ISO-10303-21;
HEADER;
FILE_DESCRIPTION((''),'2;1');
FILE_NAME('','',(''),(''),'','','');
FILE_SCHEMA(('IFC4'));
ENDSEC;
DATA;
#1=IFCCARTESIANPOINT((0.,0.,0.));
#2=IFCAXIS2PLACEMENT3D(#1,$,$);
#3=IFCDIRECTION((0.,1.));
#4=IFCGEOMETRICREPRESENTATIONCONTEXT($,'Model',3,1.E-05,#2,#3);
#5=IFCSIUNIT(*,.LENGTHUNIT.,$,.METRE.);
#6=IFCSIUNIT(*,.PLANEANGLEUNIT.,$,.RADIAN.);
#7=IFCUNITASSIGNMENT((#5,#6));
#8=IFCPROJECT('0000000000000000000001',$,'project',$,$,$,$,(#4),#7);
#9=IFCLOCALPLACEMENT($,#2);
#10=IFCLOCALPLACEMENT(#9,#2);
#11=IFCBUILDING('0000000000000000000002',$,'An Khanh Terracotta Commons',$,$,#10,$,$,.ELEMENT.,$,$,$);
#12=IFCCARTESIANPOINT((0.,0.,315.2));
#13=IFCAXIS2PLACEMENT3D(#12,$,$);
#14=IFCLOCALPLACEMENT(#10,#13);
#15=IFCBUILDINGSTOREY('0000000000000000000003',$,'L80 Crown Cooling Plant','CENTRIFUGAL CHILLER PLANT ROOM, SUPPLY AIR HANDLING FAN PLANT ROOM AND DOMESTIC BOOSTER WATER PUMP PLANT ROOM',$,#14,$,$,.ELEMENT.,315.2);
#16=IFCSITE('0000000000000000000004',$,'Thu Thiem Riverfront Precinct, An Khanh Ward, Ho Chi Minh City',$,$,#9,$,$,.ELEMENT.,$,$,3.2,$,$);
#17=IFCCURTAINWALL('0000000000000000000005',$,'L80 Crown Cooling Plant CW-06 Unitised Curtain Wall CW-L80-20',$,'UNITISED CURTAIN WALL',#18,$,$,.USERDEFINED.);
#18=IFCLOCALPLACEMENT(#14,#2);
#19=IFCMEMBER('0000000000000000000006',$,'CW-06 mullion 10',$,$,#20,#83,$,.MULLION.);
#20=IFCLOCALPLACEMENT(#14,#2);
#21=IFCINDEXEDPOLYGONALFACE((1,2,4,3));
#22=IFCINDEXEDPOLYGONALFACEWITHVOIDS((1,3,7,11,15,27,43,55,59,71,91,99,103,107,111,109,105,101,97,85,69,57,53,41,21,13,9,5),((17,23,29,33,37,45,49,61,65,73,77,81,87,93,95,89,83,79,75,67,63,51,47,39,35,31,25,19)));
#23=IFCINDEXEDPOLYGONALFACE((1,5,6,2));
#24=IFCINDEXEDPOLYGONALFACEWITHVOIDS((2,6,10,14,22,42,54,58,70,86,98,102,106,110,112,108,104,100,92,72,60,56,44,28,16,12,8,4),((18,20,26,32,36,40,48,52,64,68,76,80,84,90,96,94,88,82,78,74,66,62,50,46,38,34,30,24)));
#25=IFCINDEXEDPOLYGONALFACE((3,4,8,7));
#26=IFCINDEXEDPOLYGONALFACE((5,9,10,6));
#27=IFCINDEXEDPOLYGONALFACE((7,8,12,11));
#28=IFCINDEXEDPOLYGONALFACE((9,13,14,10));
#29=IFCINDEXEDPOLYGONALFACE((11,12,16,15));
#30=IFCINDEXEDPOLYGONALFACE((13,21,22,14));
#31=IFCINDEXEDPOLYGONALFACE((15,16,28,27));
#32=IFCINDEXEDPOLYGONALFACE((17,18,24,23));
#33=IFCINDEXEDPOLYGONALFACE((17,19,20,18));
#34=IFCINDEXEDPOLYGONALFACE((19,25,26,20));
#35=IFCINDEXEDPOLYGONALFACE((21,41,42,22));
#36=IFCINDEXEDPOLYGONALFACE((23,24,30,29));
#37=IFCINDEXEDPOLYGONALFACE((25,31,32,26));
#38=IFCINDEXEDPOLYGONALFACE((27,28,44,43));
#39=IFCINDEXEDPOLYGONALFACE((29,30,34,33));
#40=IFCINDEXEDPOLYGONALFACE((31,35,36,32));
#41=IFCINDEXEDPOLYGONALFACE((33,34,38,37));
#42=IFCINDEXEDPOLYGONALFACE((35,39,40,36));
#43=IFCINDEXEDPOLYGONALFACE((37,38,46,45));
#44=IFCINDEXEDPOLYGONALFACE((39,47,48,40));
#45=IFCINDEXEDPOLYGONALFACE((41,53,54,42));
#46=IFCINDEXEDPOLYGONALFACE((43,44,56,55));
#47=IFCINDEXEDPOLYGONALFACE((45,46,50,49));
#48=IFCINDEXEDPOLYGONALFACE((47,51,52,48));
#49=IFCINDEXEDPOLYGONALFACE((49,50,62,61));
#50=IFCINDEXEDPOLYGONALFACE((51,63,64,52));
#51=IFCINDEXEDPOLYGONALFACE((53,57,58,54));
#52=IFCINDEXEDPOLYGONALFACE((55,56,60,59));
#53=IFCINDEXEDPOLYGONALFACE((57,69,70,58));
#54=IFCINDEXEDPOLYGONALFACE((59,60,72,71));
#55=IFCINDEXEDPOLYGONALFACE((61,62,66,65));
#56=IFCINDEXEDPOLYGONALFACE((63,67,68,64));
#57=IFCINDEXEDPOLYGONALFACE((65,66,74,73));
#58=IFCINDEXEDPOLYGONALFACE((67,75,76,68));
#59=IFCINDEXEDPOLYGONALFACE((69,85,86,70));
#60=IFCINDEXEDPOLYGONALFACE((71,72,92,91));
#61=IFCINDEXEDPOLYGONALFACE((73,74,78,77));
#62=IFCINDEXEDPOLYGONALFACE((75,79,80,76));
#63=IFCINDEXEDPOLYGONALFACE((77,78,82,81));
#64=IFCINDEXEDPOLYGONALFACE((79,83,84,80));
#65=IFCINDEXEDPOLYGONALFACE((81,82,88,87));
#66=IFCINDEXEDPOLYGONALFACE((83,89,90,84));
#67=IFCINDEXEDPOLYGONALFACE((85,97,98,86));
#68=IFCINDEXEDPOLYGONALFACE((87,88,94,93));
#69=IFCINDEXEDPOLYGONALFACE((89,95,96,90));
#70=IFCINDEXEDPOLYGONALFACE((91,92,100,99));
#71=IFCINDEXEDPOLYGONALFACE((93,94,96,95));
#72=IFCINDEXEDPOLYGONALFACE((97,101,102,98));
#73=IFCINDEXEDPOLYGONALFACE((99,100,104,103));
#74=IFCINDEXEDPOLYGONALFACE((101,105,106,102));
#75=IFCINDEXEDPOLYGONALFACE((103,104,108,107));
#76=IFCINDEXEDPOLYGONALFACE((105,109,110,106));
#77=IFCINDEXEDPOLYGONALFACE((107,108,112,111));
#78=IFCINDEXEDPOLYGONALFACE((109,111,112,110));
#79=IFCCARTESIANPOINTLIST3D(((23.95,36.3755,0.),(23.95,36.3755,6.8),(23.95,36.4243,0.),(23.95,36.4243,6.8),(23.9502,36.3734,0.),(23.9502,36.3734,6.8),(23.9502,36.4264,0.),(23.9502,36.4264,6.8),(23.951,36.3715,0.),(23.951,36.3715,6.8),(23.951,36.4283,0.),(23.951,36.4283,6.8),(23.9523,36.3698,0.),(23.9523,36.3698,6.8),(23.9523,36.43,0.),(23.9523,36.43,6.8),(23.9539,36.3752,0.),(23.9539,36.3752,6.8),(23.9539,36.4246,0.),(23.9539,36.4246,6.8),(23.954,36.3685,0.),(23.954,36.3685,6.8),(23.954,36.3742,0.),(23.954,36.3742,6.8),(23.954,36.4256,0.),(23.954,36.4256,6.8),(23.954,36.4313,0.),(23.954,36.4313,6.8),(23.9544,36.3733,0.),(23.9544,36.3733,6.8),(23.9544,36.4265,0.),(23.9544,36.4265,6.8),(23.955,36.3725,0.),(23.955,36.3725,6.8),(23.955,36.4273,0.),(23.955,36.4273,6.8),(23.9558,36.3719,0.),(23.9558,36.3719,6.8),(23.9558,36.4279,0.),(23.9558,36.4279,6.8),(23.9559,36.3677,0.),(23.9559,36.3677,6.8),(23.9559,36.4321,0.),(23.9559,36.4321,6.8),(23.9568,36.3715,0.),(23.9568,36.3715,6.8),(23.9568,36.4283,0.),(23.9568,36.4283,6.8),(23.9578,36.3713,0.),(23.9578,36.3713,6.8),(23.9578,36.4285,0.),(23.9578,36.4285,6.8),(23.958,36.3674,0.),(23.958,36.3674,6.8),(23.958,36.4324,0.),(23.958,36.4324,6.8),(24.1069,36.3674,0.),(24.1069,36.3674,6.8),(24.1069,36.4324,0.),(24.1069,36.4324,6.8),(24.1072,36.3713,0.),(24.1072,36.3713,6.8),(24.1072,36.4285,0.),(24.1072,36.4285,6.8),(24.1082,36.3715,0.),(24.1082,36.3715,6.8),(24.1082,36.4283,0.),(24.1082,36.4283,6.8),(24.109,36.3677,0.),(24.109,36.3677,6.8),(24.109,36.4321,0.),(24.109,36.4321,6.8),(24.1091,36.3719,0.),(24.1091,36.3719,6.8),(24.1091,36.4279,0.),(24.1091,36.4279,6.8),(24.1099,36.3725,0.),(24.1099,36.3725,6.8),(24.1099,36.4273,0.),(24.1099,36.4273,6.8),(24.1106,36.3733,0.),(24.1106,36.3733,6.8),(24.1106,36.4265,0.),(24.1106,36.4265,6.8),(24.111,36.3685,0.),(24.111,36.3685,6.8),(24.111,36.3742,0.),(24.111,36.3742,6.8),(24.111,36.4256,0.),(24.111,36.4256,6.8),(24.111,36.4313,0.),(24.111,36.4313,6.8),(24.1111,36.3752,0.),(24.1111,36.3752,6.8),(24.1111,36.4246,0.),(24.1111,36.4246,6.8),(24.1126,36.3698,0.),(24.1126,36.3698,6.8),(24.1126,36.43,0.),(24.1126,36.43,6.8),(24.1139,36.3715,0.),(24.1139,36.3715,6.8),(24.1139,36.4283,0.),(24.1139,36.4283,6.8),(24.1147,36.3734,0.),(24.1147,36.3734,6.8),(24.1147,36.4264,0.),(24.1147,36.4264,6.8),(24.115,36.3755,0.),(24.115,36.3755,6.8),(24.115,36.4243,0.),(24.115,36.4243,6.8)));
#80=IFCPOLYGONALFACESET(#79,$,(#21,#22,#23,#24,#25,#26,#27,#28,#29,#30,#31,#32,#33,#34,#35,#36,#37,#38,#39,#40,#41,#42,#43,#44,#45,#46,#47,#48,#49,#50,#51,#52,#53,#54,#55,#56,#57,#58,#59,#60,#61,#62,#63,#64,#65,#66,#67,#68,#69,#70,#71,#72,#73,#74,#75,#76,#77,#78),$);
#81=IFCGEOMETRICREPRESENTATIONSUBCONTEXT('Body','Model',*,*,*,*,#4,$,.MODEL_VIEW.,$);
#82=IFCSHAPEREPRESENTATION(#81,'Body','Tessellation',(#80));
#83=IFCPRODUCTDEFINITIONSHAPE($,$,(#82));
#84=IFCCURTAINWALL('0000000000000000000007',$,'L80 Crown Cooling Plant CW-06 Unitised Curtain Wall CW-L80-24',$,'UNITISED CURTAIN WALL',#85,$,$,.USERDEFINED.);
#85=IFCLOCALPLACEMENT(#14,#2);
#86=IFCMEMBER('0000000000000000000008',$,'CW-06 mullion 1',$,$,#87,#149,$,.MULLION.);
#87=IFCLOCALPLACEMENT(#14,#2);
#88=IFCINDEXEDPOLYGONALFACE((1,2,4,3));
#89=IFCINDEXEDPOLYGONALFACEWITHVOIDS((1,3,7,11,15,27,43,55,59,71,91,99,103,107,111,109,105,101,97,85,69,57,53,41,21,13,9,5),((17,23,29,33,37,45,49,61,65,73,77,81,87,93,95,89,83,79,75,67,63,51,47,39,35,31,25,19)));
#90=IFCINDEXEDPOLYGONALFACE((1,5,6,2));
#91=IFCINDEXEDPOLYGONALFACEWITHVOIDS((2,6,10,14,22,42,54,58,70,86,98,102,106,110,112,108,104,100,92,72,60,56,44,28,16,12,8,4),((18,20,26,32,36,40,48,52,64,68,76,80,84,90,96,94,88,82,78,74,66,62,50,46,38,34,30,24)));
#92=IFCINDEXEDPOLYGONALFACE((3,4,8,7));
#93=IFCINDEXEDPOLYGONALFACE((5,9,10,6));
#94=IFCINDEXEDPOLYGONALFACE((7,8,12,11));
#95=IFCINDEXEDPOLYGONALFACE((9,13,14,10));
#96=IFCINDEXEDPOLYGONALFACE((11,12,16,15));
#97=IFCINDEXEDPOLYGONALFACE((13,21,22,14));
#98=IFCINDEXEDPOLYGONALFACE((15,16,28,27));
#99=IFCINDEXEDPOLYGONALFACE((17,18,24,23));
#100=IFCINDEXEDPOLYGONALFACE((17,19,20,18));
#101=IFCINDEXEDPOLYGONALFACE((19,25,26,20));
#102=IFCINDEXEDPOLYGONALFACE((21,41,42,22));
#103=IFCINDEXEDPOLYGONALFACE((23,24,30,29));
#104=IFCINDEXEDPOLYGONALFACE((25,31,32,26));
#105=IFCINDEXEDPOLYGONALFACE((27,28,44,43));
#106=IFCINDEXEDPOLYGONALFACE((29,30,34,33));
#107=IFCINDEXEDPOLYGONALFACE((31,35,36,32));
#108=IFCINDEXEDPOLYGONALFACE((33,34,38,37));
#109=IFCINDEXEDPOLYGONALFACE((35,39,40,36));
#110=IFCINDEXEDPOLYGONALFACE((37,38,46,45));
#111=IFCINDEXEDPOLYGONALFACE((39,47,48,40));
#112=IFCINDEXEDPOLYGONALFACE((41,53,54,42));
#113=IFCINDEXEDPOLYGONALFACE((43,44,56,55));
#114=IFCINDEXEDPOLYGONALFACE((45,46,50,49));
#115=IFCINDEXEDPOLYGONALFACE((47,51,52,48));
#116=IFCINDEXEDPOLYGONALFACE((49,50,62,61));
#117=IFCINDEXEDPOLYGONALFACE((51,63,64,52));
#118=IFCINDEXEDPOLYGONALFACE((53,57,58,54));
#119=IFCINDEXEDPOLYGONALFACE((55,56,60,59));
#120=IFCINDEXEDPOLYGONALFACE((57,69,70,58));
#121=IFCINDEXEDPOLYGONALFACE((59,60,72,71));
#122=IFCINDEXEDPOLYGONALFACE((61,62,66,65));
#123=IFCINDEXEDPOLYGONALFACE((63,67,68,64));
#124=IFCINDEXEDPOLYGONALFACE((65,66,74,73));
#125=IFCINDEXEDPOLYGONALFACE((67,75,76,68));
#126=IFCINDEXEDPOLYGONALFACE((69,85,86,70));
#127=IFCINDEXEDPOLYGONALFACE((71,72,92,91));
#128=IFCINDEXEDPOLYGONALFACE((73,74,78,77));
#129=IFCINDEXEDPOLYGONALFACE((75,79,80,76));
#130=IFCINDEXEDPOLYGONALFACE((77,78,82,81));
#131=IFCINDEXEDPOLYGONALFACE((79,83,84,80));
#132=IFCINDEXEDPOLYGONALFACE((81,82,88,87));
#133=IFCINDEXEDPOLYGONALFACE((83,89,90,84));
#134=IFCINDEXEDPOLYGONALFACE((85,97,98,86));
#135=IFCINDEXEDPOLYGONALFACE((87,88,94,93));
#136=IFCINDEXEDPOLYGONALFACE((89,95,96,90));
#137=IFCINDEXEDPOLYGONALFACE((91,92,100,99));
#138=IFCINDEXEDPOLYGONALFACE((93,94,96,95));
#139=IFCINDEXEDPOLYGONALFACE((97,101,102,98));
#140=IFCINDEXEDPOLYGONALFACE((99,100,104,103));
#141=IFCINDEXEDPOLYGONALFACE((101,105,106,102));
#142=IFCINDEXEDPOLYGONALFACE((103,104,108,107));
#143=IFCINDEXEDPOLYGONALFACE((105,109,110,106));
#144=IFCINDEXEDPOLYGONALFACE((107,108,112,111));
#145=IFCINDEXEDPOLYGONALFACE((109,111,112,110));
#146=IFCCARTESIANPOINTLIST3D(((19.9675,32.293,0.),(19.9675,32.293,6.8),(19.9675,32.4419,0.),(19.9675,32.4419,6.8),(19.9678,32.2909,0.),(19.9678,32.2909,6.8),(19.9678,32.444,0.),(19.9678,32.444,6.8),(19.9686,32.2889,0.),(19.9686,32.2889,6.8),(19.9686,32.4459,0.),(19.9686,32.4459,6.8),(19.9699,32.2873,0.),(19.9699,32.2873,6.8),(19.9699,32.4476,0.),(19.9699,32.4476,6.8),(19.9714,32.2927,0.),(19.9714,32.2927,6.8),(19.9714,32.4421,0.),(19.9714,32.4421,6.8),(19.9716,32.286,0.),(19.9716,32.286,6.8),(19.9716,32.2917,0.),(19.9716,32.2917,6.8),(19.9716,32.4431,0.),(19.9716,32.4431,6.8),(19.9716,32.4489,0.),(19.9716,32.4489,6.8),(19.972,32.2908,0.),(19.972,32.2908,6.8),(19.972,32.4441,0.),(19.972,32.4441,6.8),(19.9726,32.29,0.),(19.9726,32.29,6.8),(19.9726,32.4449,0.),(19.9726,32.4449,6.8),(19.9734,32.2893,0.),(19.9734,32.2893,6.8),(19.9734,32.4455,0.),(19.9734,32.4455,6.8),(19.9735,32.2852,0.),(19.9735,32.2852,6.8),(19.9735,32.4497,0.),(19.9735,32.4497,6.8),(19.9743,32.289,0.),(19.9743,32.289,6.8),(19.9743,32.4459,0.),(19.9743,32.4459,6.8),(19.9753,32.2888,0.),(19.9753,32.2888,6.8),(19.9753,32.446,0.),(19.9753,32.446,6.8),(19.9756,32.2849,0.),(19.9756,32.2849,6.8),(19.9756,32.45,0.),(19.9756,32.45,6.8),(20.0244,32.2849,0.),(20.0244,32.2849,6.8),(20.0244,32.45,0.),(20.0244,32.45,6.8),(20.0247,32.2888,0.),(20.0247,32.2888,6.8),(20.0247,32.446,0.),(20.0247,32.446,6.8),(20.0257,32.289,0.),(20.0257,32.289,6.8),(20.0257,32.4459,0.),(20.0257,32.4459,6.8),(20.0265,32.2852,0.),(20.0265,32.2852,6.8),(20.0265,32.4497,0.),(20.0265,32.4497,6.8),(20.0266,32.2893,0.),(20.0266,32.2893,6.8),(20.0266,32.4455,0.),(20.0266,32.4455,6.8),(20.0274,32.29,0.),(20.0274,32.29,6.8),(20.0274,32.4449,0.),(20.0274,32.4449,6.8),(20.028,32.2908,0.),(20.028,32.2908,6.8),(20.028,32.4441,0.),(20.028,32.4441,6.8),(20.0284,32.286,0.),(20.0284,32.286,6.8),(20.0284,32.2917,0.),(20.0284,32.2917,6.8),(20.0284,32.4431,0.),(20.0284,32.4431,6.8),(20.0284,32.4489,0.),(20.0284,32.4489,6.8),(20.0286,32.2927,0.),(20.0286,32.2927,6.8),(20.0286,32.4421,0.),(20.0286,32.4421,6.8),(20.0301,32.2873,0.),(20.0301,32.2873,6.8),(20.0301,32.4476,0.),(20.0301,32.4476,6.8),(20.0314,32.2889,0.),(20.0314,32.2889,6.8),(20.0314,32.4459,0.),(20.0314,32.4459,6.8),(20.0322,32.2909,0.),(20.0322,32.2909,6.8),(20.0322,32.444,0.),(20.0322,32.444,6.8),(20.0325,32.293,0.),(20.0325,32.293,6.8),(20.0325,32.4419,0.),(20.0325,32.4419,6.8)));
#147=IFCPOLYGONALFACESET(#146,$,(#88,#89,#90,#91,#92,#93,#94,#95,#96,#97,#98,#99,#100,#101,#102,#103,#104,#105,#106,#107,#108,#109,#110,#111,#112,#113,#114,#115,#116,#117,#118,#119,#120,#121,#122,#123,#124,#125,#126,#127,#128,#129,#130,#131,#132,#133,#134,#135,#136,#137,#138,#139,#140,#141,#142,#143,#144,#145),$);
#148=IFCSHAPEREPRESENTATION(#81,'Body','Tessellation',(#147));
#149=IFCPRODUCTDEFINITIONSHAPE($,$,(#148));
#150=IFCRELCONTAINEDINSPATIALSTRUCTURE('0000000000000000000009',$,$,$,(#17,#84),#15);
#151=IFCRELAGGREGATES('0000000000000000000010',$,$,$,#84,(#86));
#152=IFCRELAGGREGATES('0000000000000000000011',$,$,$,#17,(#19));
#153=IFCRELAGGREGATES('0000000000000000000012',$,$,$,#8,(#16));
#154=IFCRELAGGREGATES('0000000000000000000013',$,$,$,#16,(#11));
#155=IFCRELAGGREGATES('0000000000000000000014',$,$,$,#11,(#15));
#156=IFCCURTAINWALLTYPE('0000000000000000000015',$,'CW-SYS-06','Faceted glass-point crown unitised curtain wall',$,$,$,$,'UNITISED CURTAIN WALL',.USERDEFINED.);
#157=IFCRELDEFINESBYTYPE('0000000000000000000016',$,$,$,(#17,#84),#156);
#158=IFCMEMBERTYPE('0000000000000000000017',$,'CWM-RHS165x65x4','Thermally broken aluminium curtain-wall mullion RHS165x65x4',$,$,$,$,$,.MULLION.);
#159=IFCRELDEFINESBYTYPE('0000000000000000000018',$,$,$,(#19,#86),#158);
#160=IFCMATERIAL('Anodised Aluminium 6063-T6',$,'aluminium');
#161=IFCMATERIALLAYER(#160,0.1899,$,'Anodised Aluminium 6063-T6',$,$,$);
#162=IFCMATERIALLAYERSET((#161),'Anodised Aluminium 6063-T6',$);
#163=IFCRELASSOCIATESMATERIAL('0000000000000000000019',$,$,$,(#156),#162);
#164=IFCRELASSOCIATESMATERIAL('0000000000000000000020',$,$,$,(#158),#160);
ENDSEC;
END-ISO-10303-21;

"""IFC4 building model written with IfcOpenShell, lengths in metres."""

from ifc_helpers import new_model, si_unit, direction, frame, origin, origin_2d, place, context, subcontext, project, spatial, hollow_rectangle, extrude, material, layer, layer_set, material_profile, profile_set, type_object, element, aggregate, save


model = new_model("IFC4")

# Units and contexts
model_context = context("Model", 3, precision=1e-05, world=origin(), true_north=direction((0.0, 1.0)))
body_context = subcontext(model_context, "Body", "Model", "MODEL_VIEW")
ifc_project = project(units=[si_unit("LENGTHUNIT", "METRE"), si_unit("PLANEANGLEUNIT", "RADIAN")], contexts=[model_context])

# Site, building, storey
site_placement = place(None, origin())
site = spatial("IfcSite", under=ifc_project, at=site_placement, Name="Thu Thiem Riverfront Precinct, An Khanh Ward, Ho Chi Minh City", CompositionType="ELEMENT", RefElevation=3.2)
building_placement = place(site_placement, origin())
building = spatial("IfcBuilding", under=site, at=building_placement, Name="An Khanh Terracotta Commons", CompositionType="ELEMENT")
storey_placement = place(building_placement, frame((0.0, 0.0, 315.2)))
storey = spatial("IfcBuildingStorey", under=building, at=storey_placement, Name="L80 Crown Cooling Plant", Description="CENTRIFUGAL CHILLER PLANT ROOM, SUPPLY AIR HANDLING FAN PLANT ROOM AND DOMESTIC BOOSTER WATER PUMP PLANT ROOM", CompositionType="ELEMENT", Elevation=315.2)

# Curtain wall, member
ifc_material_1 = material(Name="Anodised Aluminium 6063-T6", Category="aluminium")
ifc_layer_1 = layer(ifc_material_1, 0.1899, Name="Anodised Aluminium 6063-T6")
ifc_layer_set_1 = layer_set([ifc_layer_1], Name="Anodised Aluminium 6063-T6")
curtain_wall_type = type_object("IfcCurtainWallType", Name="CW-SYS-06", Description="Faceted glass-point crown unitised curtain wall", ElementType="UNITISED CURTAIN WALL", PredefinedType="USERDEFINED", material=ifc_layer_set_1)
curtain_wall_1_placement = place(storey_placement, origin())
curtain_wall_1 = element("IfcCurtainWall", 1, at=curtain_wall_1_placement, inside=storey, type_object=curtain_wall_type, Name="L80 Crown Cooling Plant CW-06 Unitised Curtain Wall CW-L80-20", ObjectType="UNITISED CURTAIN WALL", PredefinedType="USERDEFINED")
ifc_material_profile_1 = material_profile(ifc_material_1, hollow_rectangle(XDim=0.0649, YDim=0.165, WallThickness=0.0039, InnerFilletRadius=0.0039, OuterFilletRadius=0.0081, at=origin_2d()), Name="RHS165x65x4")
ifc_profile_set_1 = profile_set([ifc_material_profile_1], Name="Anodised Aluminium 6063-T6")
member_type_1 = type_object("IfcMemberType", Name="CWM-RHS165x65x4", Description="Thermally broken aluminium curtain-wall mullion RHS165x65x4", PredefinedType="MULLION", material=ifc_profile_set_1)
member_1_placement = place(storey_placement, frame((24.0325, 36.3999, 0.0), z_axis=(0.0, 0.0, 1.0), x_axis=(0.0, -1.0, 0.0)))
member_1 = element("IfcMember", 2, at=member_1_placement, type_object=member_type_1, Name="CW-06 mullion 10", PredefinedType="MULLION", context=body_context, shape_type="SweptSolid", body=[
    extrude(hollow_rectangle(XDim=0.0649, YDim=0.165, WallThickness=0.0039, InnerFilletRadius=0.0039, OuterFilletRadius=0.0081, at=origin_2d()), origin(), (0.0, 0.0, 1.0), 6.8),
])

# Curtain wall, member
curtain_wall_2_placement = place(storey_placement, origin())
curtain_wall_2 = element("IfcCurtainWall", 3, at=curtain_wall_2_placement, inside=storey, type_object=curtain_wall_type, Name="L80 Crown Cooling Plant CW-06 Unitised Curtain Wall CW-L80-24", ObjectType="UNITISED CURTAIN WALL", PredefinedType="USERDEFINED")
member_2_placement = place(storey_placement, frame((20.0, 32.3674, 0.0), z_axis=(0.0, 0.0, 1.0), x_axis=(1.0, 0.0, 0.0)))
member_2 = element("IfcMember", 4, at=member_2_placement, type_object=member_type_1, Name="CW-06 mullion 1", PredefinedType="MULLION", context=body_context, shape_type="SweptSolid", body=[
    extrude(hollow_rectangle(XDim=0.0649, YDim=0.165, WallThickness=0.0039, InnerFilletRadius=0.0039, OuterFilletRadius=0.0081, at=origin_2d()), origin(), (0.0, 0.0, 1.0), 6.8),
])

aggregate(curtain_wall_2, [member_2])

aggregate(curtain_wall_1, [member_1])

save(model, "model.ifc")
